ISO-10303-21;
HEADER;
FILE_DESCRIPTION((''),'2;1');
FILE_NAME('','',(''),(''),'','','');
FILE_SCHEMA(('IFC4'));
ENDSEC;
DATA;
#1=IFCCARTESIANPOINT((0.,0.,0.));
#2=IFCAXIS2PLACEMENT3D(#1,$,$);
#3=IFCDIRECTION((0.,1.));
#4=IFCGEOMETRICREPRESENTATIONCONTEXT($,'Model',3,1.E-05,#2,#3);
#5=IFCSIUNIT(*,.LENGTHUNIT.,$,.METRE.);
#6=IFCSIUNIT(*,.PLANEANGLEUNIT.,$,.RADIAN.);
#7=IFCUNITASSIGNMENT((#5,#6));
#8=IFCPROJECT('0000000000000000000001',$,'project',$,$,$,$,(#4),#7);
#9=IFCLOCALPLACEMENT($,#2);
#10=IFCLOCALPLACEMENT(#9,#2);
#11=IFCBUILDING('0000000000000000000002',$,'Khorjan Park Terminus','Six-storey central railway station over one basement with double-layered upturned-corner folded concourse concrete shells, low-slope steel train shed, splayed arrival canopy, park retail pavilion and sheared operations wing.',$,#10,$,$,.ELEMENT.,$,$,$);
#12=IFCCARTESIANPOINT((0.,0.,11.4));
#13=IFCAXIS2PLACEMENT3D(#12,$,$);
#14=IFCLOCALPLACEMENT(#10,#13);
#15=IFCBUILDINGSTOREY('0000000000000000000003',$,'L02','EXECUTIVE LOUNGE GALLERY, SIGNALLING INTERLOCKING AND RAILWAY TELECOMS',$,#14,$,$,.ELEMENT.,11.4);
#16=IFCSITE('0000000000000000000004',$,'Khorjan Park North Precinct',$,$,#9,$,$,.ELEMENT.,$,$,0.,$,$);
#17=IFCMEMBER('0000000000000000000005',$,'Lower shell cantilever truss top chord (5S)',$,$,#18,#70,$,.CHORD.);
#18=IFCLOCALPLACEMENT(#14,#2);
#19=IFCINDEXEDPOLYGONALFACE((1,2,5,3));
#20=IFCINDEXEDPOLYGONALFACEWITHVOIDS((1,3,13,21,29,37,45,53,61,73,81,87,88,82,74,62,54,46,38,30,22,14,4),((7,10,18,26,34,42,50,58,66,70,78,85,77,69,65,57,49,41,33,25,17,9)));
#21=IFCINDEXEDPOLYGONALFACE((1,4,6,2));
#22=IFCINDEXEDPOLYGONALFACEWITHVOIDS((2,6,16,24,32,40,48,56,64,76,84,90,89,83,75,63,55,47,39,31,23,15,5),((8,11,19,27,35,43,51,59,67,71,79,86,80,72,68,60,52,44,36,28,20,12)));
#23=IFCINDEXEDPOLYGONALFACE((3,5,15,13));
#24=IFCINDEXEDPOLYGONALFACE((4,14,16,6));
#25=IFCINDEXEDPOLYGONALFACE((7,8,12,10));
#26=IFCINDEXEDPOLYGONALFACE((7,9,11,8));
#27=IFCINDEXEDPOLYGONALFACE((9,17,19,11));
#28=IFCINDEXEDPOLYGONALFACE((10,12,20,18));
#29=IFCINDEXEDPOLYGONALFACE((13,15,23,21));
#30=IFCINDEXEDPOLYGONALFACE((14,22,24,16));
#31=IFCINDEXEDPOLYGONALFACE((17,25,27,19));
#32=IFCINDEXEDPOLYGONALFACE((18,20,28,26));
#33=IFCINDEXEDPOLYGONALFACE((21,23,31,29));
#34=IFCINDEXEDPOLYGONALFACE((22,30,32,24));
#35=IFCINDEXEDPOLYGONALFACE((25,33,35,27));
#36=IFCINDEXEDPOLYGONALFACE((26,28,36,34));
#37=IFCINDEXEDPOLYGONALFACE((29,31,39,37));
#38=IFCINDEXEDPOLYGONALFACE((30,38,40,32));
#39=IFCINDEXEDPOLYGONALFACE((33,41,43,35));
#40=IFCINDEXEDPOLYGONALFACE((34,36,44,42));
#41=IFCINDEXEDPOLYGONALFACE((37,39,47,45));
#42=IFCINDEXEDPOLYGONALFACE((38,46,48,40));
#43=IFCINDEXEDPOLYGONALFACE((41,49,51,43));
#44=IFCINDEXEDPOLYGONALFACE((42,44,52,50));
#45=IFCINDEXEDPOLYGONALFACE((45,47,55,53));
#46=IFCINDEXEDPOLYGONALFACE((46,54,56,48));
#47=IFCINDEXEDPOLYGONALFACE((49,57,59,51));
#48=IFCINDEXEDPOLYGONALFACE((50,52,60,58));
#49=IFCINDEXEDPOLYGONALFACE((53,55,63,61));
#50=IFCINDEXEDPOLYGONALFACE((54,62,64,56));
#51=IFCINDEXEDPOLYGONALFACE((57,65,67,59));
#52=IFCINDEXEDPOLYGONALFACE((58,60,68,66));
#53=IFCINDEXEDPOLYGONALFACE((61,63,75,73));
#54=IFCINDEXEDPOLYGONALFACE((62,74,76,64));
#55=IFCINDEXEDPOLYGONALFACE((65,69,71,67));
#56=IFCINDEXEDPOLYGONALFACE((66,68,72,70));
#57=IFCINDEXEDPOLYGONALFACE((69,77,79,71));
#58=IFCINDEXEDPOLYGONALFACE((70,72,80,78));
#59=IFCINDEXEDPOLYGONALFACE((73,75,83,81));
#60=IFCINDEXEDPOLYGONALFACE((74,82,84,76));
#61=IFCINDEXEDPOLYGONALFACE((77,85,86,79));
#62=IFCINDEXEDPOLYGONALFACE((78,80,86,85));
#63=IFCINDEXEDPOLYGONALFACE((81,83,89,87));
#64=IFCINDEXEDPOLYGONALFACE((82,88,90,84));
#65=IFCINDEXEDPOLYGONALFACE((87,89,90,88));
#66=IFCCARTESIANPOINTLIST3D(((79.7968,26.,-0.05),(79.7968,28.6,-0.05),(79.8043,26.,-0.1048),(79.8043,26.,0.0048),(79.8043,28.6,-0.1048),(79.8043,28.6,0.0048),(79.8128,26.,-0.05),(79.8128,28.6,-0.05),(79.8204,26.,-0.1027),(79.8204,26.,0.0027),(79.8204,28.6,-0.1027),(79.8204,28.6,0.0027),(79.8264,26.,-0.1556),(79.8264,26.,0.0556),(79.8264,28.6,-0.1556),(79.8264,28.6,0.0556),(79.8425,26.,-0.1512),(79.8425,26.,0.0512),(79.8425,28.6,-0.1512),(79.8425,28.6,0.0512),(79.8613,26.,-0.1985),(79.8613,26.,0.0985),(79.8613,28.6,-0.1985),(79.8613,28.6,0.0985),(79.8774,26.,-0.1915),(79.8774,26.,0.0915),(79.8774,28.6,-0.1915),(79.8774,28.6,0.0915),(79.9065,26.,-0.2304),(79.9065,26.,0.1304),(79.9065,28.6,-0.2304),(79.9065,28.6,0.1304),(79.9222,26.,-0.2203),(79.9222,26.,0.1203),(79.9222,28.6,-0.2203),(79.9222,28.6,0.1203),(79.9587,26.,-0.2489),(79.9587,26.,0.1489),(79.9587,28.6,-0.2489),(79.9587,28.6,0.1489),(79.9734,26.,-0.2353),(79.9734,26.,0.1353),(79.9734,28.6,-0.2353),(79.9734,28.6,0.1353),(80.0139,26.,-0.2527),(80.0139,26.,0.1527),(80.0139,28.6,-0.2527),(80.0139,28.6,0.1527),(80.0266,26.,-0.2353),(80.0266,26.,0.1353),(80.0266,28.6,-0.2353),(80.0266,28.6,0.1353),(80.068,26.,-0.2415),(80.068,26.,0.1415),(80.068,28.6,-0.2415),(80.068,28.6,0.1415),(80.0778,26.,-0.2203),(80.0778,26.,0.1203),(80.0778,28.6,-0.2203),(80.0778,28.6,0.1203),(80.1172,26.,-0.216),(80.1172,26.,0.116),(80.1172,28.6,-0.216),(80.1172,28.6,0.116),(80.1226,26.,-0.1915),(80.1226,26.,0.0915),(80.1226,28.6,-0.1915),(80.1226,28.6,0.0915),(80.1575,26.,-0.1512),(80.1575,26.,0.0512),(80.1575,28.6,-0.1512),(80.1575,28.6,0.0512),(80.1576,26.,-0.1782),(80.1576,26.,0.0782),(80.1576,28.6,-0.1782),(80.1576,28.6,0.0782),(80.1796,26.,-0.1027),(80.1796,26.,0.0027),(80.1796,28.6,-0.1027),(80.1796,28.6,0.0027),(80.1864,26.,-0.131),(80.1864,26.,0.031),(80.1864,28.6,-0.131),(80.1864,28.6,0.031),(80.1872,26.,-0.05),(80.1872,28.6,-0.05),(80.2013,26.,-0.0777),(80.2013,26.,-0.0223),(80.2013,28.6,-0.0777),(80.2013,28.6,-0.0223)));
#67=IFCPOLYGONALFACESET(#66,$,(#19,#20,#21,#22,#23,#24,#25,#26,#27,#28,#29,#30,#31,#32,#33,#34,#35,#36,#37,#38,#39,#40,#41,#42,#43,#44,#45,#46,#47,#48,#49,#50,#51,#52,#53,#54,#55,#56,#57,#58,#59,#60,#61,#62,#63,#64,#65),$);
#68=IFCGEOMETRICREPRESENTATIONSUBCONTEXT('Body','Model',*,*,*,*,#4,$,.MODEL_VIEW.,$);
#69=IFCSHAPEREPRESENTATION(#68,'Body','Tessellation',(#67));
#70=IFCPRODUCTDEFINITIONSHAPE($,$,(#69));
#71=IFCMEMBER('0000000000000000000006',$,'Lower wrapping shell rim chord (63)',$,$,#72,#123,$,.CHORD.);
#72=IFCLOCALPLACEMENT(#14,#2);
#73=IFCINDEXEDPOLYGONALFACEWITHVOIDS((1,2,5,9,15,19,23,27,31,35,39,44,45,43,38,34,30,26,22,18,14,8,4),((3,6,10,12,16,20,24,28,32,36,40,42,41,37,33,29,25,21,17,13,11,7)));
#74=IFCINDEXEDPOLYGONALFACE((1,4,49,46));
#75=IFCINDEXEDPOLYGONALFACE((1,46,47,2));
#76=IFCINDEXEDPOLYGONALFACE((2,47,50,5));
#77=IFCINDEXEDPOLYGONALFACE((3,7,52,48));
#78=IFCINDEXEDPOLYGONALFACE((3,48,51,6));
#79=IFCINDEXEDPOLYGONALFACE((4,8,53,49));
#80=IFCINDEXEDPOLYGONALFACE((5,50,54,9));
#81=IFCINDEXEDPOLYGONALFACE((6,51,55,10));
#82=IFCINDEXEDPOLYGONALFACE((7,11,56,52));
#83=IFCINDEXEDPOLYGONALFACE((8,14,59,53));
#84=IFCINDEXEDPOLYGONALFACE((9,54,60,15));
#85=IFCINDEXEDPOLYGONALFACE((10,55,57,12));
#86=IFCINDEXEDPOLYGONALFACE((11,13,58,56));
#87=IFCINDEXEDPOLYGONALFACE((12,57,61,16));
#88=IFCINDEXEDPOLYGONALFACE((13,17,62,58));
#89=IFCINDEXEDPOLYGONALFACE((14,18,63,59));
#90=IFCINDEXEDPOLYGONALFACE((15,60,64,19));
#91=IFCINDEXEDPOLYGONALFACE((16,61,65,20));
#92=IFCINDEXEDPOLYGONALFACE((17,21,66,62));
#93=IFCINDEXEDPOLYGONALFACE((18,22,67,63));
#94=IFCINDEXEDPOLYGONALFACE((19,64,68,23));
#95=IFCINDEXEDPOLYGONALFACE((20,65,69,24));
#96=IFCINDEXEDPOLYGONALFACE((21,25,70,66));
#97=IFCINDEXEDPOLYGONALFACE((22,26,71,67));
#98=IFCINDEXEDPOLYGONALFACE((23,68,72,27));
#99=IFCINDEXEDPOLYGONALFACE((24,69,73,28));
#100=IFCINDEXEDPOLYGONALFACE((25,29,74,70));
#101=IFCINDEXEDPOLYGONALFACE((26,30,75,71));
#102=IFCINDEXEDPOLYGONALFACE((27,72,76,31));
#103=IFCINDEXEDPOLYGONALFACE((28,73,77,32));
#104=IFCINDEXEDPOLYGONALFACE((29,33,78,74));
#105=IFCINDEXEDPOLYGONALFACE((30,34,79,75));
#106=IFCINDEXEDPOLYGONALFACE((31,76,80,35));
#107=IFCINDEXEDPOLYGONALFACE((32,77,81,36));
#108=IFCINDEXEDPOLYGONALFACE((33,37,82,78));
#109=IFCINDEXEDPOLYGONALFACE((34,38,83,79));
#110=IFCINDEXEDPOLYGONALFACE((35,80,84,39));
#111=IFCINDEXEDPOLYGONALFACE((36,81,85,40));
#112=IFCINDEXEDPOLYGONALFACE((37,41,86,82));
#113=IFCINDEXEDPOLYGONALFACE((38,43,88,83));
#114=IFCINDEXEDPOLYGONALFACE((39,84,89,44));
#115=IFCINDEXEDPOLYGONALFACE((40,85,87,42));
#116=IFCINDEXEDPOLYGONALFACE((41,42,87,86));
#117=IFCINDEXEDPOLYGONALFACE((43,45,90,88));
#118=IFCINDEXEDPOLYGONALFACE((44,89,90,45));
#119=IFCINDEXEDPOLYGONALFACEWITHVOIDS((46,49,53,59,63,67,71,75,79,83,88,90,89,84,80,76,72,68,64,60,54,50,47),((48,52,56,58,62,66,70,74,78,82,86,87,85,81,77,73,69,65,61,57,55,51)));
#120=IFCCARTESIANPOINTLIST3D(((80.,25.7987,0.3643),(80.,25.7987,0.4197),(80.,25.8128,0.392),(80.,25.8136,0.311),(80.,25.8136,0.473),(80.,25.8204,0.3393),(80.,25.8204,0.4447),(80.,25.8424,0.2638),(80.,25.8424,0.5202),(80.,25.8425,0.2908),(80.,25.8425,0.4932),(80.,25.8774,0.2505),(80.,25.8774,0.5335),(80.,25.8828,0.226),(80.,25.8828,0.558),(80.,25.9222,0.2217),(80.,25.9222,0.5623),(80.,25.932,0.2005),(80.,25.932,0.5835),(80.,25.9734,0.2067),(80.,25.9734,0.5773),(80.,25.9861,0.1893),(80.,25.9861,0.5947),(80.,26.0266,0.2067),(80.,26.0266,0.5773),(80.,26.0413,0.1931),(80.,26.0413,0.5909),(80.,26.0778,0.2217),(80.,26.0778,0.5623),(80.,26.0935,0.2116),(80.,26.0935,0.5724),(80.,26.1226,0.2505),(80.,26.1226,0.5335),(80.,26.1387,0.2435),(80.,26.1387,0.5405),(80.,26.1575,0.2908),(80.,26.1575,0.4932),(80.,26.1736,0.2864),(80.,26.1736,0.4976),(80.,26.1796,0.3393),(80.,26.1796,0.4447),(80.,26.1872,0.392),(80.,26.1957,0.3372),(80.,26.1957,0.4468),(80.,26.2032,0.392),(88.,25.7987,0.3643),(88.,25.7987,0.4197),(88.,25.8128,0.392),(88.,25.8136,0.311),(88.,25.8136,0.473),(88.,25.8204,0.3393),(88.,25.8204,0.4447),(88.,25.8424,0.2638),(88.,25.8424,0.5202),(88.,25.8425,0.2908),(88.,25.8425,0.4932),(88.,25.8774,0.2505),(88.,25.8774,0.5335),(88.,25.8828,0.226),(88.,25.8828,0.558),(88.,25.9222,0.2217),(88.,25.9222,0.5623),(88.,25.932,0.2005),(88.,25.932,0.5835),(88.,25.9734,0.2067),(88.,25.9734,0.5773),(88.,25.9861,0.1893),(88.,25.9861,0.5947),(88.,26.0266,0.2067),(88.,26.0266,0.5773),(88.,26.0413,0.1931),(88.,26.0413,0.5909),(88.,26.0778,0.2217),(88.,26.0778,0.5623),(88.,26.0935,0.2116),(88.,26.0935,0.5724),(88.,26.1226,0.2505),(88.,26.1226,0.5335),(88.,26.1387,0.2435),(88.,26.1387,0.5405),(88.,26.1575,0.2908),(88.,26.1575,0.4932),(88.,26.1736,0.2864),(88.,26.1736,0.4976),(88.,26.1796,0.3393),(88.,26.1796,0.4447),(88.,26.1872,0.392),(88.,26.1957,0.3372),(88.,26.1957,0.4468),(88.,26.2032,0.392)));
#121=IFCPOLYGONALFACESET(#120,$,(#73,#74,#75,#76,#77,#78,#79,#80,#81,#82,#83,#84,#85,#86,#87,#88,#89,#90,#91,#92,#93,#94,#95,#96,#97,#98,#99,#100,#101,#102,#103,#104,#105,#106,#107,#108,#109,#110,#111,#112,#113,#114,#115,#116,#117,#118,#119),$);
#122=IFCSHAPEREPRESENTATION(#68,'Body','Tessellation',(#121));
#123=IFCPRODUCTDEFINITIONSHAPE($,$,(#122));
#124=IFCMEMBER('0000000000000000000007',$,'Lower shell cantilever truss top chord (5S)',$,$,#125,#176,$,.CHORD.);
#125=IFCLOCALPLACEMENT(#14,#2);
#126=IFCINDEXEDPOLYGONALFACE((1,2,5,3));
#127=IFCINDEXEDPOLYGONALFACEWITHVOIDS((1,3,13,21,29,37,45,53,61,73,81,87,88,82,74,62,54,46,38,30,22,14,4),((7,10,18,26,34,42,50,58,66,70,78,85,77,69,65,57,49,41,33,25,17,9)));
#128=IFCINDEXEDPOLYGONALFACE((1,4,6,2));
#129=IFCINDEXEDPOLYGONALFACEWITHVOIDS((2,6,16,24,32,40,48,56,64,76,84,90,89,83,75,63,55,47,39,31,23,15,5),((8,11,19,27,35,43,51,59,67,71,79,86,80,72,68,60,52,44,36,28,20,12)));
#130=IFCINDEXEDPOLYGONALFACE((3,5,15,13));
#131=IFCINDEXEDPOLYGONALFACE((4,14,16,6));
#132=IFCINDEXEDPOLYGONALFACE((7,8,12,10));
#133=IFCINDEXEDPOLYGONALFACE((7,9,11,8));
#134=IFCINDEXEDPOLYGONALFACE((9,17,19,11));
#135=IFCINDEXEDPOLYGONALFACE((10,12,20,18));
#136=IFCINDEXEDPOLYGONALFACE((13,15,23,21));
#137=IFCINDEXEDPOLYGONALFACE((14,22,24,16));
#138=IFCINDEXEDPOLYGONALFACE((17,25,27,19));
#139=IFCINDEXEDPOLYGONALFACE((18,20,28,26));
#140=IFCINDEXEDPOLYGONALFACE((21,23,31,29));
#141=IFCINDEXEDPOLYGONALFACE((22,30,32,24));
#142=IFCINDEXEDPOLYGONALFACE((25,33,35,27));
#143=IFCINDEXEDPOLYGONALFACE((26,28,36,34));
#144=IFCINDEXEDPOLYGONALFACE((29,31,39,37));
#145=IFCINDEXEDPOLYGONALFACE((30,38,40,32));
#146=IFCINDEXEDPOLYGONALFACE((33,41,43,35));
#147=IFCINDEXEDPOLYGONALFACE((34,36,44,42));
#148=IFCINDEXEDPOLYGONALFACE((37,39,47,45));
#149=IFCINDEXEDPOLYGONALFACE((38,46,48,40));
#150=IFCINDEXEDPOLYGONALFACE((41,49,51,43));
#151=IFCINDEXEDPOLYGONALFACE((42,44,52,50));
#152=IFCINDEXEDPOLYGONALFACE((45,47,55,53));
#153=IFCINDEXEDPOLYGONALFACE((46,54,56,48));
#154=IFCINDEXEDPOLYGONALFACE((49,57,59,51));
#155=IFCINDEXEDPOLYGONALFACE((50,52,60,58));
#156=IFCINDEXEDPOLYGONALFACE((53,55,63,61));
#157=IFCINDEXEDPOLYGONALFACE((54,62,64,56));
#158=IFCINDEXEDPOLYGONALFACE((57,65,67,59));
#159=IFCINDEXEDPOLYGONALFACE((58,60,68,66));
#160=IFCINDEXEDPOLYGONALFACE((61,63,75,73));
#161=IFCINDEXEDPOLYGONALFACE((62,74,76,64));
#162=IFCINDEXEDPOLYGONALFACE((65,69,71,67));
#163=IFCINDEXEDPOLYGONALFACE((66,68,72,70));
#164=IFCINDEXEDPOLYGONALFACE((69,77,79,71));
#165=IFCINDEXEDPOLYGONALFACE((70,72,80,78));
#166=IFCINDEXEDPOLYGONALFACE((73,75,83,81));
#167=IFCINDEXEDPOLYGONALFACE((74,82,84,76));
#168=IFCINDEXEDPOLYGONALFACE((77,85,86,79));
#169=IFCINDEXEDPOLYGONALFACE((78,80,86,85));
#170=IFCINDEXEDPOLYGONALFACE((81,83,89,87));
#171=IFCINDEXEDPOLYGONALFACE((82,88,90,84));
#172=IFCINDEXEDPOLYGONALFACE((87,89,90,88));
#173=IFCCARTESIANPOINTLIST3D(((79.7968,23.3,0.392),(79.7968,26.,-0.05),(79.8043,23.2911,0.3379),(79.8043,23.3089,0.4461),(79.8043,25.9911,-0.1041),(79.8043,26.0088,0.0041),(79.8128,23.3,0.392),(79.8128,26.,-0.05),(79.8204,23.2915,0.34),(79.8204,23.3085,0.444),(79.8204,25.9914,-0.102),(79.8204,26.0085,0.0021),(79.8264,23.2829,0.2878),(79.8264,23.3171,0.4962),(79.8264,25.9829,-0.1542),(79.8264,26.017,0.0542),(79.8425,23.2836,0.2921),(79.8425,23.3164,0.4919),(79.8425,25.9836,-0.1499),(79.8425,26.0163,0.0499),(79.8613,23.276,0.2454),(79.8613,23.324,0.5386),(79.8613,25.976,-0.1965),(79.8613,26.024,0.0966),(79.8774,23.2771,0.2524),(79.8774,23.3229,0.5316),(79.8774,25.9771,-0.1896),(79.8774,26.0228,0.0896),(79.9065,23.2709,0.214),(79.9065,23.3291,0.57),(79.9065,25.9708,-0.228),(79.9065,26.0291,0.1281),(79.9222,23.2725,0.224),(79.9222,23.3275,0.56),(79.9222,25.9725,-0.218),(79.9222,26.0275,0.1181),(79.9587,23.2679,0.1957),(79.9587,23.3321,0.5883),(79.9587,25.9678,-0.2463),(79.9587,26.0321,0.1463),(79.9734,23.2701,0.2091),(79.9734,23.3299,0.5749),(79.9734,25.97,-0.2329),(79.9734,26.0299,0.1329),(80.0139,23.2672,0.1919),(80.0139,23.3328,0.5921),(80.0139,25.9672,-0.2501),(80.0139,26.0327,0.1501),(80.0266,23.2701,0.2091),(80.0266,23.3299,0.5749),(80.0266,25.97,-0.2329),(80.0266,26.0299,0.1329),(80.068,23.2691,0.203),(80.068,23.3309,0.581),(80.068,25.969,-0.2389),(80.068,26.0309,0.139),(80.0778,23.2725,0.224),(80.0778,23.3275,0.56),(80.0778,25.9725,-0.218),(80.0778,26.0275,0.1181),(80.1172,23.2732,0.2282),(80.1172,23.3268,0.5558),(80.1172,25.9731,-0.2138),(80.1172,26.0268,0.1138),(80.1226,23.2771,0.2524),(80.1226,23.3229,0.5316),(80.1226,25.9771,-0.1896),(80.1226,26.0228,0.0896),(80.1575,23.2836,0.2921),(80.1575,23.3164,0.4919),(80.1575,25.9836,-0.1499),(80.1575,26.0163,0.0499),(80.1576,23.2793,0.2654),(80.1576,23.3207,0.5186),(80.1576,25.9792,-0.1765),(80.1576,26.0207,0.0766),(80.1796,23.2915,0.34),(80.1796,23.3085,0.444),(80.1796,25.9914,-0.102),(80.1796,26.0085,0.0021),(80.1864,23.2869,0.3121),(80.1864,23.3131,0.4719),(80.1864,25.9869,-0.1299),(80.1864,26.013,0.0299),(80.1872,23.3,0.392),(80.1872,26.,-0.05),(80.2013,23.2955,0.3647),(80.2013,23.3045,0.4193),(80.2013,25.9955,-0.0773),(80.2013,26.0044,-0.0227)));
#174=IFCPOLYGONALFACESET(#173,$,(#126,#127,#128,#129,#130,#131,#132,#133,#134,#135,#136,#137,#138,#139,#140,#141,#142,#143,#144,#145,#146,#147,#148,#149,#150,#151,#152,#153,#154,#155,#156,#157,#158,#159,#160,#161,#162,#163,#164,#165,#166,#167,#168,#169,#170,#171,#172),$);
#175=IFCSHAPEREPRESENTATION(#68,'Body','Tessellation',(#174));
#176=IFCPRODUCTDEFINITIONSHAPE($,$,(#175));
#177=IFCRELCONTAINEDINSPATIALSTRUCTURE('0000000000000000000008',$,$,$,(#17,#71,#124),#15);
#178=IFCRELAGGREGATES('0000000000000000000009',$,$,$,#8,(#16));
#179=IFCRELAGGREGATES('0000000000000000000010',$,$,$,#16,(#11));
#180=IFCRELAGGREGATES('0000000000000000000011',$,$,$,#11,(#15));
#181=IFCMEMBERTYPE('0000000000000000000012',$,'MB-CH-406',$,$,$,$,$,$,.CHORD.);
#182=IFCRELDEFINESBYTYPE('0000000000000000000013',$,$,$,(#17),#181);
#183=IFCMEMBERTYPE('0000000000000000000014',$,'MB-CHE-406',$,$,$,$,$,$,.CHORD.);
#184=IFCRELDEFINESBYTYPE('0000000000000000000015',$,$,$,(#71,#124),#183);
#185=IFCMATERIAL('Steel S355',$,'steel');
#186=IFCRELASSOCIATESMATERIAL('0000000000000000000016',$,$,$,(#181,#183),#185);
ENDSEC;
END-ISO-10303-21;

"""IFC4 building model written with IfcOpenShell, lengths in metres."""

from ifc_helpers import new_model, si_unit, direction, frame, origin, origin_2d, place, context, subcontext, project, spatial, hollow_circle, extrude, material, material_profile, profile_set, type_object, element, save


model = new_model("IFC4")

# Units and contexts
model_context = context("Model", 3, precision=1e-05, world=origin(), true_north=direction((0.0, 1.0)))
body_context = subcontext(model_context, "Body", "Model", "MODEL_VIEW")
ifc_project = project(units=[si_unit("LENGTHUNIT", "METRE"), si_unit("PLANEANGLEUNIT", "RADIAN")], contexts=[model_context])

# Site, building, storey
site_placement = place(None, origin())
site = spatial("IfcSite", under=ifc_project, at=site_placement, Name="Khorjan Park North Precinct", CompositionType="ELEMENT", RefElevation=0.0)
building_placement = place(site_placement, origin())
building = spatial("IfcBuilding", under=site, at=building_placement, Name="Khorjan Park Terminus", Description="Six-storey central railway station over one basement with double-layered upturned-corner folded concourse concrete shells, low-slope steel train shed, splayed arrival canopy, park retail pavilion and sheared operations wing.", CompositionType="ELEMENT")
storey_placement = place(building_placement, frame((0.0, 0.0, 11.4)))
storey = spatial("IfcBuildingStorey", under=building, at=storey_placement, Name="L02", Description="EXECUTIVE LOUNGE GALLERY, SIGNALLING INTERLOCKING AND RAILWAY TELECOMS", CompositionType="ELEMENT", Elevation=11.4)

# Members
ifc_material_1 = material(Name="Steel S355", Category="steel")
ifc_material_profile_1 = material_profile(ifc_material_1, hollow_circle(Radius=0.2032, WallThickness=0.016, at=origin_2d()), Name="CHS 406.4x16")
ifc_profile_set_1 = profile_set([ifc_material_profile_1], Name="Steel S355")
member_type_1 = type_object("IfcMemberType", Name="MB-CH-406", PredefinedType="CHORD", material=ifc_profile_set_1)
member_1_placement = place(storey_placement, frame((80.0, 26.0, -0.05), z_axis=(0.0, 1.0, 0.0), x_axis=(-1.0, 0.0, 0.0)))
element("IfcMember", 1, at=member_1_placement, inside=storey, type_object=member_type_1, Name="Lower shell cantilever truss top chord (5S)", PredefinedType="CHORD", context=body_context, shape_type="SweptSolid", body=[
    extrude(hollow_circle(Radius=0.2032, WallThickness=0.016, at=origin_2d()), origin(), (0.0, 0.0, 1.0), 2.6),
])
ifc_material_profile_2 = material_profile(ifc_material_1, hollow_circle(Radius=0.2032, WallThickness=0.016, at=origin_2d()), Name="CHS 406.4x16")
ifc_profile_set_2 = profile_set([ifc_material_profile_2], Name="Steel S355")
member_type_2 = type_object("IfcMemberType", Name="MB-CHE-406", PredefinedType="CHORD", material=ifc_profile_set_2)
member_2_placement = place(storey_placement, frame((80.0, 26.0, 0.392), z_axis=(1.0, 0.0, 0.0), x_axis=(0.0, 1.0, 0.0)))
element("IfcMember", 2, at=member_2_placement, inside=storey, type_object=member_type_2, Name="Lower wrapping shell rim chord (63)", PredefinedType="CHORD", context=body_context, shape_type="SweptSolid", body=[
    extrude(hollow_circle(Radius=0.2032, WallThickness=0.016, at=origin_2d()), origin(), (0.0, 0.0, 1.0), 8.0),
])
member_3_placement = place(storey_placement, frame((80.0, 23.3, 0.392), z_axis=(0.0, 0.986864, -0.161553), x_axis=(-1.0, 0.0, 0.0)))
element("IfcMember", 3, at=member_3_placement, inside=storey, type_object=member_type_2, Name="Lower shell cantilever truss top chord (5S)", PredefinedType="CHORD", context=body_context, shape_type="SweptSolid", body=[
    extrude(hollow_circle(Radius=0.2032, WallThickness=0.016, at=origin_2d()), origin(), (0.0, 0.0, 1.0), 2.7359),
])

save(model, "model.ifc")
